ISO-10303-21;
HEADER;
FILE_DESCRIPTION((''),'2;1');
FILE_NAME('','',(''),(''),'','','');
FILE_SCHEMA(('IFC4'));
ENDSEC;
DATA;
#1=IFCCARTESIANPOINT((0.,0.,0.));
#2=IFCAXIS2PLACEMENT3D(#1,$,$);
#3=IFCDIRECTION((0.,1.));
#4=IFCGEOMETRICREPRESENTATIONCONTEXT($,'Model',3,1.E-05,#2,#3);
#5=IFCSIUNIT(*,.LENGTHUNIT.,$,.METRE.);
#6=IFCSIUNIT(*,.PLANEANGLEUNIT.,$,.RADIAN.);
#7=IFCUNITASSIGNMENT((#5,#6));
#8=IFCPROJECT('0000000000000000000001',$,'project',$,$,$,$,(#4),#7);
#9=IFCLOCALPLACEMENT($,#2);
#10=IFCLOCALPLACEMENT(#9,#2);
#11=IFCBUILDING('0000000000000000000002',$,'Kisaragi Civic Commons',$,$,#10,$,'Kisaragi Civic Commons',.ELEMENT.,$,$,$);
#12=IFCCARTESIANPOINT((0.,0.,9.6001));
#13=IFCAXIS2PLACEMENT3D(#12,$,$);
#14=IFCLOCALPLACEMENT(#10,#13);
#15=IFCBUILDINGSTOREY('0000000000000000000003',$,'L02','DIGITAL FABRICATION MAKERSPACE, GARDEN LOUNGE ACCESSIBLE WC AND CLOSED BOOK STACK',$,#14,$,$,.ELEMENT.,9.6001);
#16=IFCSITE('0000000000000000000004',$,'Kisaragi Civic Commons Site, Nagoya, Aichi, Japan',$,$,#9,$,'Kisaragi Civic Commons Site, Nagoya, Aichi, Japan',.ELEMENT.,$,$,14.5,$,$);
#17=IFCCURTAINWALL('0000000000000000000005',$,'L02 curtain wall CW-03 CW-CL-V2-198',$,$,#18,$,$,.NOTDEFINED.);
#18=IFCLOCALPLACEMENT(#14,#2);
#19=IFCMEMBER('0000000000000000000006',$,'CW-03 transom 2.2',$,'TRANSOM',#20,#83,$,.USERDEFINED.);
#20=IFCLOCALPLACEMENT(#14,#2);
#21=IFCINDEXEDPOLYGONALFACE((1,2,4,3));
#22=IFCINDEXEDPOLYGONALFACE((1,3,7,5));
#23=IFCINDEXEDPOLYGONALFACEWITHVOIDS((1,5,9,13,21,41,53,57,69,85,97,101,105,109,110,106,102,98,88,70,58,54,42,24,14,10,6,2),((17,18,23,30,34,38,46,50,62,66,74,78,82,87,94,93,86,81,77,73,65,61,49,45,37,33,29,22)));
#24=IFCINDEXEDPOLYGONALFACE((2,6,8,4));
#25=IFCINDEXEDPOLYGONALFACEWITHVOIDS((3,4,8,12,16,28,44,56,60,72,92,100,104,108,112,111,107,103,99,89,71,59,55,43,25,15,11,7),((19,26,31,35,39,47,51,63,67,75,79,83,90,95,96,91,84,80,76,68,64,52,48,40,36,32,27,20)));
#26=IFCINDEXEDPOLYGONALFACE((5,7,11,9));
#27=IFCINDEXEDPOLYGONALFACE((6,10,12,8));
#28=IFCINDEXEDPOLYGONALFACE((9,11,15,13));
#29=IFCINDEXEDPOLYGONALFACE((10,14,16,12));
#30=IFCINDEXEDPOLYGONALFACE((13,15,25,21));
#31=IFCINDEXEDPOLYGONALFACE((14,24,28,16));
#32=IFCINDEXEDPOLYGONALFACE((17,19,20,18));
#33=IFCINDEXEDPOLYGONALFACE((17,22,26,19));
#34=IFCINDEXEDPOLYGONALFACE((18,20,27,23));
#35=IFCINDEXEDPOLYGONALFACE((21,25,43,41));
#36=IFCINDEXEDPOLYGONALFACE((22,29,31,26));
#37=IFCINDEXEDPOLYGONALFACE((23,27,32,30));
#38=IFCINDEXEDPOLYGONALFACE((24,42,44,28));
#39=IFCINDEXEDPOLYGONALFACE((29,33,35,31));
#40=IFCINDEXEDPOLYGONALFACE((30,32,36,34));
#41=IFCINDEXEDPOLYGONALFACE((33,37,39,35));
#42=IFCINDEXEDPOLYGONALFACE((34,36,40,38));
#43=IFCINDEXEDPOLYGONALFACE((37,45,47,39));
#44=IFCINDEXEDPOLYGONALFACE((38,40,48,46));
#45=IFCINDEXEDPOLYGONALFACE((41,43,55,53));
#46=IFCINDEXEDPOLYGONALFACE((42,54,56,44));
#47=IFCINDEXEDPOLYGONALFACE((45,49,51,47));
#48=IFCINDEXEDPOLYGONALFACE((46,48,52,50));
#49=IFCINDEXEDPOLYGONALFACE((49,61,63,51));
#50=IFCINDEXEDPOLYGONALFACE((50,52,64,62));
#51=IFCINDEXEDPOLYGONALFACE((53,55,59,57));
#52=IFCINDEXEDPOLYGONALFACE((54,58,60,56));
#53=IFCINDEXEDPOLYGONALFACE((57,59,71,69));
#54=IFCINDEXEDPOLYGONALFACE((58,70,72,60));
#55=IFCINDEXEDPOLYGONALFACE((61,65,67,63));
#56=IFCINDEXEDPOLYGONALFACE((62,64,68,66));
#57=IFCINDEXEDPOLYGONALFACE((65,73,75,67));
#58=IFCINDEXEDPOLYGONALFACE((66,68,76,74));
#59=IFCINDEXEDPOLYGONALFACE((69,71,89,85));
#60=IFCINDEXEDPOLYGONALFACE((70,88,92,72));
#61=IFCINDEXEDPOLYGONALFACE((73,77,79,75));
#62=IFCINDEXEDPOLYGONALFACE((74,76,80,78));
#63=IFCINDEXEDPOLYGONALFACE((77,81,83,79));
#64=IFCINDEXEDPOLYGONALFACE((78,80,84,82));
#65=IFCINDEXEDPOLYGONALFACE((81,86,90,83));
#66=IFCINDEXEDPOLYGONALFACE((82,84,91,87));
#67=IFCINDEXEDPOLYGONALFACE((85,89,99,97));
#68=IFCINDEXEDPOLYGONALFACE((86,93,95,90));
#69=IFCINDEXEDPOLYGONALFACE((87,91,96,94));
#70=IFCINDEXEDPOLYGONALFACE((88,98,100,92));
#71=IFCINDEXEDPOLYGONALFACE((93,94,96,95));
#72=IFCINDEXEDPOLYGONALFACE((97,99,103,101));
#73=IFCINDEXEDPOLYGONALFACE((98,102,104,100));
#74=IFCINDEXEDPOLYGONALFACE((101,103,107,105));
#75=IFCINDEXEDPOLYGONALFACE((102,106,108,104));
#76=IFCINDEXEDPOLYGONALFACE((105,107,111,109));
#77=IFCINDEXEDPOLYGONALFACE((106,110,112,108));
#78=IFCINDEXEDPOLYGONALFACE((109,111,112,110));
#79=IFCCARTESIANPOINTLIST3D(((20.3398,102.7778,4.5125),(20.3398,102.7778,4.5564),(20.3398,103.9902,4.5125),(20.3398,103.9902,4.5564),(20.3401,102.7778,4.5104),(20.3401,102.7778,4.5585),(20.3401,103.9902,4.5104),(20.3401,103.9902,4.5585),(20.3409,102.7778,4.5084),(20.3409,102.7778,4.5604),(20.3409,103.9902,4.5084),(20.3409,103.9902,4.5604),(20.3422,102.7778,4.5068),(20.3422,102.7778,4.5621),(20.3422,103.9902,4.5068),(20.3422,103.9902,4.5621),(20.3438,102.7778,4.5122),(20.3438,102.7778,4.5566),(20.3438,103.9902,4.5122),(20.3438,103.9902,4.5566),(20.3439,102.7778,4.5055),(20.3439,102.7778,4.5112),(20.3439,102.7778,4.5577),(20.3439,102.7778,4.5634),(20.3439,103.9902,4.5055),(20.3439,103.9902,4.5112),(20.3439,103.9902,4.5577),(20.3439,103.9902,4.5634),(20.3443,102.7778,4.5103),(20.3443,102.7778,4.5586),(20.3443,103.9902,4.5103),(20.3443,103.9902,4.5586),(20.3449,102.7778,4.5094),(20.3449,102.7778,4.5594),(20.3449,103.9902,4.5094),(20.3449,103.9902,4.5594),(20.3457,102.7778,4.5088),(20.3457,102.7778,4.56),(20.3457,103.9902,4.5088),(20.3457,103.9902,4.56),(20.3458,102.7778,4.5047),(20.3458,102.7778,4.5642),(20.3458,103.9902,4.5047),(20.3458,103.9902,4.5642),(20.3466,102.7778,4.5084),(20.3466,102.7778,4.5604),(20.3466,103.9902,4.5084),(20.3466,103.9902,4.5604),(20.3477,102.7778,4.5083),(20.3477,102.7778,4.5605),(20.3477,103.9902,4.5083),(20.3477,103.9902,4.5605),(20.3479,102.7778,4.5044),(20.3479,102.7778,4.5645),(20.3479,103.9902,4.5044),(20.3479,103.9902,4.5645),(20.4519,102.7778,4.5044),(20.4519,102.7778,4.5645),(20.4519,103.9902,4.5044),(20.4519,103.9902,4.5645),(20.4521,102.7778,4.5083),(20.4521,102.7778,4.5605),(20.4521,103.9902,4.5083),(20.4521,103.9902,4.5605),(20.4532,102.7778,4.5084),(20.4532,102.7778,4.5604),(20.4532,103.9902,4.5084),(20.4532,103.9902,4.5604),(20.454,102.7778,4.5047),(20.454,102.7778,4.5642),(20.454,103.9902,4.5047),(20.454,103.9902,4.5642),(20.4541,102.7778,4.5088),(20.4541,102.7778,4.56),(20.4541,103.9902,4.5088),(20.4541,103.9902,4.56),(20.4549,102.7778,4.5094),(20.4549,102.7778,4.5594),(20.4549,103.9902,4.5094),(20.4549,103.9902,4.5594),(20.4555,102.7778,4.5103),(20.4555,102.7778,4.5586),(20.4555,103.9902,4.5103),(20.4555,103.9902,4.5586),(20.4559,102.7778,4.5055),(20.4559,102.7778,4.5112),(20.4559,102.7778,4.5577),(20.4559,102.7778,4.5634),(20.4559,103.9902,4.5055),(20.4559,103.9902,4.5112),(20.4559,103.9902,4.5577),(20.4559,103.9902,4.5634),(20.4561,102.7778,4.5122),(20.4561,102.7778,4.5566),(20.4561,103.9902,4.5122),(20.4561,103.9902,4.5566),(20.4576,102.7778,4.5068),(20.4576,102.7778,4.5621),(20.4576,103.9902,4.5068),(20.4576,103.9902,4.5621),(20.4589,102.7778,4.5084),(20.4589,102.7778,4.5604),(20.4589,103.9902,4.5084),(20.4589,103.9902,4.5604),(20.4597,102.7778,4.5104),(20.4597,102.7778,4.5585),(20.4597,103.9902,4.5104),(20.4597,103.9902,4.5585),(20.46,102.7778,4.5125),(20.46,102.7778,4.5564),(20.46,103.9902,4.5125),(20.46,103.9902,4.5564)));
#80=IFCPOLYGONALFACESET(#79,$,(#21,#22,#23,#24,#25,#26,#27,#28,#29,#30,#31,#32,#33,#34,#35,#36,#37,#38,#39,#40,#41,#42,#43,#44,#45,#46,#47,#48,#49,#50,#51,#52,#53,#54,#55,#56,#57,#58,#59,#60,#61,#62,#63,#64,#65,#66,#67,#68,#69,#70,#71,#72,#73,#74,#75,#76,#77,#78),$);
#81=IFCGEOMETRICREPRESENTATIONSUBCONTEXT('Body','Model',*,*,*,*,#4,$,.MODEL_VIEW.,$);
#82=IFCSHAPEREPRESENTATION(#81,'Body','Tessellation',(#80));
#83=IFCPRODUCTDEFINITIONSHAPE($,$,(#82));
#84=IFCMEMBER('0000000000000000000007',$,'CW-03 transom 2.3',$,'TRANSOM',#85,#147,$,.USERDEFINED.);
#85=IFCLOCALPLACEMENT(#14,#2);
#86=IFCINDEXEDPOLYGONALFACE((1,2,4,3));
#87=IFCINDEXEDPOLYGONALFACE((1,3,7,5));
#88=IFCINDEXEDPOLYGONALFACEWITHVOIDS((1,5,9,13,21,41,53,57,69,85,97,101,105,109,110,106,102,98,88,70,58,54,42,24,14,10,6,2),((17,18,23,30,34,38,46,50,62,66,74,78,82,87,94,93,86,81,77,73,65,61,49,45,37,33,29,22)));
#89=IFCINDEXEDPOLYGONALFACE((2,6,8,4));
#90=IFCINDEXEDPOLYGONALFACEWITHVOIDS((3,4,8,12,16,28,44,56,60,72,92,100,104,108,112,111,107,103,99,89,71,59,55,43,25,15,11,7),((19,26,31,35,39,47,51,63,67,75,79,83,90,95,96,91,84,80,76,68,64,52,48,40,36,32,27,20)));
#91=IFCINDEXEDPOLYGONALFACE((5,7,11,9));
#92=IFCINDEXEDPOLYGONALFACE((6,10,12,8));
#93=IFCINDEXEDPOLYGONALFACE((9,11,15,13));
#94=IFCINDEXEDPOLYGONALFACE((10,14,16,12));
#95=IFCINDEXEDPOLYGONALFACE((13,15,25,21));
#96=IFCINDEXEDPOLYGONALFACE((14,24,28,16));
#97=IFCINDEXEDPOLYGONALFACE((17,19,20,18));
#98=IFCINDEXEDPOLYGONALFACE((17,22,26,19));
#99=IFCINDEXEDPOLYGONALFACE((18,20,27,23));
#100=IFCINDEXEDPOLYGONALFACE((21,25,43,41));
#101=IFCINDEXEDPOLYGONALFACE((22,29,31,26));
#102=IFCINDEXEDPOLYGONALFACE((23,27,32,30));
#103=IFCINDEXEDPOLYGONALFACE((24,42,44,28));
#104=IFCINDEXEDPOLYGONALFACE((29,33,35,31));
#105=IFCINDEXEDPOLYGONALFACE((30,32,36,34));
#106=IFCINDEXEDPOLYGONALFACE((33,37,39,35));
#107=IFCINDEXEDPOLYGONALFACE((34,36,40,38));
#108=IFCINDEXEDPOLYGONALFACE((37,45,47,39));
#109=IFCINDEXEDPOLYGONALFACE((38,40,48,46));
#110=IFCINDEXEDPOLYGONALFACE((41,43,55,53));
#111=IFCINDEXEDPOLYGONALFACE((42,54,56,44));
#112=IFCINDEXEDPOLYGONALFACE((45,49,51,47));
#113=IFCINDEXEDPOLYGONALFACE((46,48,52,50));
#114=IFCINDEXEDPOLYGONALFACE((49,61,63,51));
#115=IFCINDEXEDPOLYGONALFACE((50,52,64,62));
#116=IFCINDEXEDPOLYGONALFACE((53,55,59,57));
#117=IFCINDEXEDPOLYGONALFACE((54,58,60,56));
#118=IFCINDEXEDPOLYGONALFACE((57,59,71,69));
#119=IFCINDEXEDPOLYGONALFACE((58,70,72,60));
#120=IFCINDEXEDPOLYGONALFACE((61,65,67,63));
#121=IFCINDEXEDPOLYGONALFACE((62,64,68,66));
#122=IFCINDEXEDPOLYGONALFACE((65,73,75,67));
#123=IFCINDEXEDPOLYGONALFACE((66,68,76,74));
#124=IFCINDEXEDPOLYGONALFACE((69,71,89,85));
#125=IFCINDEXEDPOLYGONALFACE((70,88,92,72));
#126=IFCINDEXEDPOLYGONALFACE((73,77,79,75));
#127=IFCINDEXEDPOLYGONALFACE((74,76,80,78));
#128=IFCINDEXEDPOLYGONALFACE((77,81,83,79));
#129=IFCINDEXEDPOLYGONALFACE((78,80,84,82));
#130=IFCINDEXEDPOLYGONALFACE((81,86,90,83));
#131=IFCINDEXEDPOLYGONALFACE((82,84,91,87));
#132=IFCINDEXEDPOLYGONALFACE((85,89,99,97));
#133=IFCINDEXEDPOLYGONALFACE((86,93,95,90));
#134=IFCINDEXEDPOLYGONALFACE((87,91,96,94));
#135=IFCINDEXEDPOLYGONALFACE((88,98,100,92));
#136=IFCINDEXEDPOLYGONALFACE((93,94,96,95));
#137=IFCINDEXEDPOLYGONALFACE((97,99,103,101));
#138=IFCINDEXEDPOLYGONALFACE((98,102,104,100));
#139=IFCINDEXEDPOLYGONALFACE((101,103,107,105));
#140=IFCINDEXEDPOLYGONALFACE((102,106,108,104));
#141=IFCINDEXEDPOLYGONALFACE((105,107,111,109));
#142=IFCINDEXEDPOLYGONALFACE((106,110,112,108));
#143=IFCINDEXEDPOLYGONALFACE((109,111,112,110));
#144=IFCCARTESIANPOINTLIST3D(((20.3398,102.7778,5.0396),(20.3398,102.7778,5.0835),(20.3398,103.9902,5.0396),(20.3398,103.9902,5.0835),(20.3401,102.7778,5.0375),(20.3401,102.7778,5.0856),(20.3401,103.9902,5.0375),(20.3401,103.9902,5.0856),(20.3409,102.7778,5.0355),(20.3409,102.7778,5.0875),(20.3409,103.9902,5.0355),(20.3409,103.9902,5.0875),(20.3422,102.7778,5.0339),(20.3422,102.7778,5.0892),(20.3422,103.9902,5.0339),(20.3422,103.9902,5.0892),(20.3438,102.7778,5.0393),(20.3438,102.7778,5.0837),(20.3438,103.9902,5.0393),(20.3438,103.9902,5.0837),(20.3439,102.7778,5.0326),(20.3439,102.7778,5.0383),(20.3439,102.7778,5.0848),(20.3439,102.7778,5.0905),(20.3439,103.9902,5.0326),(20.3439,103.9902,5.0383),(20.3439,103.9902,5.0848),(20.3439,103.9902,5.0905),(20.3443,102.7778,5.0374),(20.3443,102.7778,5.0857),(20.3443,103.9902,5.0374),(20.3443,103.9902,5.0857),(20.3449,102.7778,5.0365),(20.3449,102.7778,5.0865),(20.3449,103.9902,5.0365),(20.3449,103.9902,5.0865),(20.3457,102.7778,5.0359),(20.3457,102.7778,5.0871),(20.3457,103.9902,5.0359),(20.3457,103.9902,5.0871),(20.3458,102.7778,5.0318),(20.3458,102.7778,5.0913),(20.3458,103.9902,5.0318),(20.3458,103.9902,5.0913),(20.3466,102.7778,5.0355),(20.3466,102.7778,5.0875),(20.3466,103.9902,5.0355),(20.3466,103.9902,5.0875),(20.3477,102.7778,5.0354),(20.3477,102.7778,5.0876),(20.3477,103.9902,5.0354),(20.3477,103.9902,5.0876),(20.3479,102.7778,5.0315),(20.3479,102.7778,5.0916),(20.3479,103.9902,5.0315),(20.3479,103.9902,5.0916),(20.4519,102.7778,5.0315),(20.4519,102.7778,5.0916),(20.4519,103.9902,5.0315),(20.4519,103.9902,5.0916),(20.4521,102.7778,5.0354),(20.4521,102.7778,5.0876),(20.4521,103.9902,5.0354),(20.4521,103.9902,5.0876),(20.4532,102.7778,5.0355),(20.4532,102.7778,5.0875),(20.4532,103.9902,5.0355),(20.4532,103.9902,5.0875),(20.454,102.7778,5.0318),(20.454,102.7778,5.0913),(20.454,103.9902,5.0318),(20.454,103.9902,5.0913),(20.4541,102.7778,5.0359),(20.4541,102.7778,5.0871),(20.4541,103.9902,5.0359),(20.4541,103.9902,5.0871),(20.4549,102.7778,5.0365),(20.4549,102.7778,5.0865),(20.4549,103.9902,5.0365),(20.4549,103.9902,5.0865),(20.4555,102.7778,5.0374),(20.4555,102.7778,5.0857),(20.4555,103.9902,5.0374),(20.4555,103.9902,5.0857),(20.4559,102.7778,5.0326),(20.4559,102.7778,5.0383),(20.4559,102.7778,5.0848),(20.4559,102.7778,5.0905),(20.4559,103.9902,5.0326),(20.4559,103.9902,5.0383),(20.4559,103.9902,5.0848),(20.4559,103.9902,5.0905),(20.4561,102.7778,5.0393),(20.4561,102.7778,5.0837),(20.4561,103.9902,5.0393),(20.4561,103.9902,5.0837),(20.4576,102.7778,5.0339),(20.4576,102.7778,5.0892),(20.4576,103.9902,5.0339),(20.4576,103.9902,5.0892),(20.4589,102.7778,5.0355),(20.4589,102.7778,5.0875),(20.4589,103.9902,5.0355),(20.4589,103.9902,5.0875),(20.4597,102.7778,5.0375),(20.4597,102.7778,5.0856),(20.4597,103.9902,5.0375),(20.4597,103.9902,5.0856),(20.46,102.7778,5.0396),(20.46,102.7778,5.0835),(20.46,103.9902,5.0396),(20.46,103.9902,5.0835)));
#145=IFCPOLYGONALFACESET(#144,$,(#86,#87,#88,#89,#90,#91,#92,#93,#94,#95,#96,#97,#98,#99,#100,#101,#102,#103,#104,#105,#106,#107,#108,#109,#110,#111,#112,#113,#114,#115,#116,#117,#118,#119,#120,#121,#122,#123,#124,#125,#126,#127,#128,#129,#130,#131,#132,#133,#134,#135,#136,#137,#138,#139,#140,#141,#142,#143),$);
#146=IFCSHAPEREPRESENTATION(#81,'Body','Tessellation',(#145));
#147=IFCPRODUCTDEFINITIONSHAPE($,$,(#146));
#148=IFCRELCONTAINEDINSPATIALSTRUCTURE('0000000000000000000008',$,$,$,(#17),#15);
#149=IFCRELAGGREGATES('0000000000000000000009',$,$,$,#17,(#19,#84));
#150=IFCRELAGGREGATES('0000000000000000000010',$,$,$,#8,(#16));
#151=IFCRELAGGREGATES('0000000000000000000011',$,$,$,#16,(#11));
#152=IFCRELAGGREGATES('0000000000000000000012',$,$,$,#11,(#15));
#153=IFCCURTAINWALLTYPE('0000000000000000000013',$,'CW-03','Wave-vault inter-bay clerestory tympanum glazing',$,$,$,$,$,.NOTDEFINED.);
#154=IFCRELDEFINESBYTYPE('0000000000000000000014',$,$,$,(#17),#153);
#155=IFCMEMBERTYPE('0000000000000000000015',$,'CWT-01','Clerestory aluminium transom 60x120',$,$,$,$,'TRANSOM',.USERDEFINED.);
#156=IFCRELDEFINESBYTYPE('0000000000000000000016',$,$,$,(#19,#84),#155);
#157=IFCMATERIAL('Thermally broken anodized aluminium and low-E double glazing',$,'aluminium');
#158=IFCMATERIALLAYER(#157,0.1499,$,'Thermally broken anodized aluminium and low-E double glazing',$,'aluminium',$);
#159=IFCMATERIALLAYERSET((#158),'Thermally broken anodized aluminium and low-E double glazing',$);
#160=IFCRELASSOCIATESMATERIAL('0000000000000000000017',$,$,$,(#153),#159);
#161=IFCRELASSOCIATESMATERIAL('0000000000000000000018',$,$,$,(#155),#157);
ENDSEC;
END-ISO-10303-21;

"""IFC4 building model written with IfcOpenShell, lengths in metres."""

from ifc_helpers import new_model, si_unit, direction, frame, origin, origin_2d, place, context, subcontext, project, spatial, hollow_rectangle, extrude, material, layer, layer_set, material_profile, profile_set, type_object, element, aggregate, save


model = new_model("IFC4")

# Units and contexts
model_context = context("Model", 3, precision=1e-05, world=origin(), true_north=direction((0.0, 1.0)))
body_context = subcontext(model_context, "Body", "Model", "MODEL_VIEW")
ifc_project = project(units=[si_unit("LENGTHUNIT", "METRE"), si_unit("PLANEANGLEUNIT", "RADIAN")], contexts=[model_context])

# Site, building, storey
site_placement = place(None, origin())
site = spatial("IfcSite", under=ifc_project, at=site_placement, Name="Kisaragi Civic Commons Site, Nagoya, Aichi, Japan", LongName="Kisaragi Civic Commons Site, Nagoya, Aichi, Japan", CompositionType="ELEMENT", RefElevation=14.5)
building_placement = place(site_placement, origin())
building = spatial("IfcBuilding", under=site, at=building_placement, Name="Kisaragi Civic Commons", LongName="Kisaragi Civic Commons", CompositionType="ELEMENT")
storey_placement = place(building_placement, frame((0.0, 0.0, 9.6001)))
storey = spatial("IfcBuildingStorey", under=building, at=storey_placement, Name="L02", Description="DIGITAL FABRICATION MAKERSPACE, GARDEN LOUNGE ACCESSIBLE WC AND CLOSED BOOK STACK", CompositionType="ELEMENT", Elevation=9.6001)

# Curtain wall
ifc_material_1 = material(Name="Thermally broken anodized aluminium and low-E double glazing", Category="aluminium")
ifc_layer_1 = layer(ifc_material_1, 0.1499, Name="Thermally broken anodized aluminium and low-E double glazing", Category="aluminium")
ifc_layer_set_1 = layer_set([ifc_layer_1], Name="Thermally broken anodized aluminium and low-E double glazing")
curtain_wall_type = type_object("IfcCurtainWallType", Name="CW-03", Description="Wave-vault inter-bay clerestory tympanum glazing", PredefinedType="NOTDEFINED", material=ifc_layer_set_1)
curtain_wall_1_placement = place(storey_placement, origin())
curtain_wall_1 = element("IfcCurtainWall", 1, at=curtain_wall_1_placement, inside=storey, type_object=curtain_wall_type, Name="L02 curtain wall CW-03 CW-CL-V2-198", PredefinedType="NOTDEFINED")

# Members
ifc_material_profile_1 = material_profile(ifc_material_1, hollow_rectangle(XDim=0.1201, YDim=0.0601, WallThickness=0.0039, InnerFilletRadius=0.0039, OuterFilletRadius=0.0081, at=origin_2d()), Name="CWT-60x120x4", Category="aluminium")
ifc_profile_set_1 = profile_set([ifc_material_profile_1], Name="Thermally broken anodized aluminium and low-E double glazing")
member_type_1 = type_object("IfcMemberType", Name="CWT-01", Description="Clerestory aluminium transom 60x120", ElementType="TRANSOM", PredefinedType="USERDEFINED", material=ifc_profile_set_1)
member_1_placement = place(storey_placement, frame((20.3999, 102.7778, 4.5344), z_axis=(0.0, 1.0, 0.0), x_axis=(-1.0, 0.0, 0.0)))
member_1 = element("IfcMember", 2, at=member_1_placement, type_object=member_type_1, Name="CW-03 transom 2.2", ObjectType="TRANSOM", PredefinedType="USERDEFINED", context=body_context, shape_type="SweptSolid", body=[
    extrude(hollow_rectangle(XDim=0.1201, YDim=0.0601, WallThickness=0.0039, InnerFilletRadius=0.0039, OuterFilletRadius=0.0081, at=origin_2d()), origin(), (0.0, 0.0, 1.0), 1.2124),
])
member_2_placement = place(storey_placement, frame((20.3999, 102.7778, 5.0615), z_axis=(0.0, 1.0, 0.0), x_axis=(-1.0, 0.0, 0.0)))
member_2 = element("IfcMember", 3, at=member_2_placement, type_object=member_type_1, Name="CW-03 transom 2.3", ObjectType="TRANSOM", PredefinedType="USERDEFINED", context=body_context, shape_type="SweptSolid", body=[
    extrude(hollow_rectangle(XDim=0.1201, YDim=0.0601, WallThickness=0.0039, InnerFilletRadius=0.0039, OuterFilletRadius=0.0081, at=origin_2d()), origin(), (0.0, 0.0, 1.0), 1.2124),
])

aggregate(curtain_wall_1, [member_1, member_2])

save(model, "model.ifc")
